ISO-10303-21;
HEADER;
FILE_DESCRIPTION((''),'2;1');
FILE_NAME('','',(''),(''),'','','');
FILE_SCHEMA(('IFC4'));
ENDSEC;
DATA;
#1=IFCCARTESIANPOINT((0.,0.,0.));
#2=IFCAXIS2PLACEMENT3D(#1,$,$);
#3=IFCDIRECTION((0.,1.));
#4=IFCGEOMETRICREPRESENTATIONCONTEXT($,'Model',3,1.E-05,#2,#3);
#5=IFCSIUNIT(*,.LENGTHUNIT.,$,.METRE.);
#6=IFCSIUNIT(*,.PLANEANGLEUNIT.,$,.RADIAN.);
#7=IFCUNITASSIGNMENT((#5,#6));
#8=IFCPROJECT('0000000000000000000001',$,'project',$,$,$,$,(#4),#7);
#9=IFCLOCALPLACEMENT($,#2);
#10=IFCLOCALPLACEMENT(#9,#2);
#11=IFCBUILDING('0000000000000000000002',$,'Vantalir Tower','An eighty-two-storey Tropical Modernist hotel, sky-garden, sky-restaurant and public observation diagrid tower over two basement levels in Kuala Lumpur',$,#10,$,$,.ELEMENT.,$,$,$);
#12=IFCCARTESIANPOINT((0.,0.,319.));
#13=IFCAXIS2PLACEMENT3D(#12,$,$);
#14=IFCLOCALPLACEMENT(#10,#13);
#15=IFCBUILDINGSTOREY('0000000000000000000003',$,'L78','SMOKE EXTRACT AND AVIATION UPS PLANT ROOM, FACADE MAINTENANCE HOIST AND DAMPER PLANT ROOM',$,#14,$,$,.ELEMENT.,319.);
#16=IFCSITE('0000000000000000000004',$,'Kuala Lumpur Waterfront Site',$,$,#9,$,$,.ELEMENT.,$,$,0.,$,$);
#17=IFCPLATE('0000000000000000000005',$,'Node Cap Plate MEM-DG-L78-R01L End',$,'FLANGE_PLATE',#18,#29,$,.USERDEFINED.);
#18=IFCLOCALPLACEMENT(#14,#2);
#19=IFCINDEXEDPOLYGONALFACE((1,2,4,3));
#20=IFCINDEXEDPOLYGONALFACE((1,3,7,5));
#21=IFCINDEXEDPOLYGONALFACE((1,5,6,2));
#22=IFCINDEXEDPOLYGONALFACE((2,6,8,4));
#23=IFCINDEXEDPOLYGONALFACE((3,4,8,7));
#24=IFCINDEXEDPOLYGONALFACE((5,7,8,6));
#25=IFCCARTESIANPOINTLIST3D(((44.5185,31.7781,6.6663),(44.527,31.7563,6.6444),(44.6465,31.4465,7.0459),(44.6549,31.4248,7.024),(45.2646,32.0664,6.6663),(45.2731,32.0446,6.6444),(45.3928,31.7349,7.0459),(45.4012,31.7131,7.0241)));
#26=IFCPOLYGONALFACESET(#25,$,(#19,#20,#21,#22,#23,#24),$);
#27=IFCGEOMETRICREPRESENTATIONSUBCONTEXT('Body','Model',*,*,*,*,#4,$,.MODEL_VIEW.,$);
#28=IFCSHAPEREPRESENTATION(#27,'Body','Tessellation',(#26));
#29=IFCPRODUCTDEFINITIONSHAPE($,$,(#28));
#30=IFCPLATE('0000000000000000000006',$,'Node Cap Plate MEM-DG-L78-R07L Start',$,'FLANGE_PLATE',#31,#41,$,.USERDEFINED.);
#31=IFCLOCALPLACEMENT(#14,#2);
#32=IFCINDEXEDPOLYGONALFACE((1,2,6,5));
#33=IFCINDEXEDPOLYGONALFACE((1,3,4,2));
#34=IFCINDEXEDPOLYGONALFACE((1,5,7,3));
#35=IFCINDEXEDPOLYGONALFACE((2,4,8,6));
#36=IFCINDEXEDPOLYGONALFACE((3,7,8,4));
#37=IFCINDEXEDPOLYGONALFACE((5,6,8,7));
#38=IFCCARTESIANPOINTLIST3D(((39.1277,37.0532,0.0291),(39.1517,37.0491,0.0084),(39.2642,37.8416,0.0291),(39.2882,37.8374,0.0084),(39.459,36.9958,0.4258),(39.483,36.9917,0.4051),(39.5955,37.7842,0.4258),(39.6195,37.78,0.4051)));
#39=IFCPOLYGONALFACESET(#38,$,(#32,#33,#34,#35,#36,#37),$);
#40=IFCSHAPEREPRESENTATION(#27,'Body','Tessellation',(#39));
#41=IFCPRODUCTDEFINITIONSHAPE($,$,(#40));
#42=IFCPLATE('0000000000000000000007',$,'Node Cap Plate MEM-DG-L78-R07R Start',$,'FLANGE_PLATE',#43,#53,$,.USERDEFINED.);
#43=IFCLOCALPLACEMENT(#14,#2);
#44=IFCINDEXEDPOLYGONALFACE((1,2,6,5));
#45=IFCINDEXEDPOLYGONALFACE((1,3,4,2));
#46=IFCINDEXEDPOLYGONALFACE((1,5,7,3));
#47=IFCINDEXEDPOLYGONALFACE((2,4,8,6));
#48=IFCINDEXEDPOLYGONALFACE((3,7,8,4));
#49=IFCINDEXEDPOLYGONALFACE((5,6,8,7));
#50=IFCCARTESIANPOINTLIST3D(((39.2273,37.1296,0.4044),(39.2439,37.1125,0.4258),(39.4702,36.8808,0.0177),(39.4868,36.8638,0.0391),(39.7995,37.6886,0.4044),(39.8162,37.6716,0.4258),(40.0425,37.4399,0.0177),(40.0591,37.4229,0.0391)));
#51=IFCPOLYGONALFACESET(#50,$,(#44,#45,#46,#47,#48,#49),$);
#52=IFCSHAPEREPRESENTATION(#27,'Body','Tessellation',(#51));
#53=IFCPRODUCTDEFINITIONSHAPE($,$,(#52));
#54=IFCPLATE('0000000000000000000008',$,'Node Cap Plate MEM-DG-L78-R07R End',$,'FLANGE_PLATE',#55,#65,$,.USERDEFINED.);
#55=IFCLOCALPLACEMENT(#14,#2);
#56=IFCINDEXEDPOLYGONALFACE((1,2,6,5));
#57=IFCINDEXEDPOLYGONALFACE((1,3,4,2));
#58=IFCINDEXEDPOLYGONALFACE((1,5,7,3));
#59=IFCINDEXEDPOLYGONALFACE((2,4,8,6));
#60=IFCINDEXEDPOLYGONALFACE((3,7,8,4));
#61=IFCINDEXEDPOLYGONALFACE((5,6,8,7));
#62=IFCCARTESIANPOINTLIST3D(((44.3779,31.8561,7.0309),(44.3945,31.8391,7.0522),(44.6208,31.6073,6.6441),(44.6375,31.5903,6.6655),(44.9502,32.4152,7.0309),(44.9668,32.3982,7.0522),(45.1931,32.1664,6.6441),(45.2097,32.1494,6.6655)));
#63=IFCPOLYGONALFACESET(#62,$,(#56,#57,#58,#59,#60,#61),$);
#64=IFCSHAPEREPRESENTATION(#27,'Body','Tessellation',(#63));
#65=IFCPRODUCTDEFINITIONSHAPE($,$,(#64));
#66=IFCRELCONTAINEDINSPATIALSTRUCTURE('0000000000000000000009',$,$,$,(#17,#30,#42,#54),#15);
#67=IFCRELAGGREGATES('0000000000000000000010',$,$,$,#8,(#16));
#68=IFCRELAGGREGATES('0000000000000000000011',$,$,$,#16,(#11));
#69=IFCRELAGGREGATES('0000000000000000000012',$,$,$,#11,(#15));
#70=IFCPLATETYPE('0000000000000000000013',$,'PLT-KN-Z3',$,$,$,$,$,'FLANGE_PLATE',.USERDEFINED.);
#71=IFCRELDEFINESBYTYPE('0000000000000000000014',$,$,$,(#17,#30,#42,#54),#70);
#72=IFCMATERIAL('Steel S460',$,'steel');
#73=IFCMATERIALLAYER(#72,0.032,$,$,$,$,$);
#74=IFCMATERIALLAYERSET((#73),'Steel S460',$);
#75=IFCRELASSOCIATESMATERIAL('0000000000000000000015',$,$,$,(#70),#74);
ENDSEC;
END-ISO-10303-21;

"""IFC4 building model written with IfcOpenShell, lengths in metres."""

from ifc_helpers import new_model, si_unit, direction, frame, origin, place, context, subcontext, project, spatial, polyline, outline, extrude, material, layer, layer_set, type_object, element, save


model = new_model("IFC4")

# Units and contexts
model_context = context("Model", 3, precision=1e-05, world=origin(), true_north=direction((0.0, 1.0)))
body_context = subcontext(model_context, "Body", "Model", "MODEL_VIEW")
ifc_project = project(units=[si_unit("LENGTHUNIT", "METRE"), si_unit("PLANEANGLEUNIT", "RADIAN")], contexts=[model_context])

# Site, building, storey
site_placement = place(None, origin())
site = spatial("IfcSite", under=ifc_project, at=site_placement, Name="Kuala Lumpur Waterfront Site", CompositionType="ELEMENT", RefElevation=0.0)
building_placement = place(site_placement, origin())
building = spatial("IfcBuilding", under=site, at=building_placement, Name="Vantalir Tower", Description="An eighty-two-storey Tropical Modernist hotel, sky-garden, sky-restaurant and public observation diagrid tower over two basement levels in Kuala Lumpur", CompositionType="ELEMENT")
storey_placement = place(building_placement, frame((0.0, 0.0, 319.0)))
storey = spatial("IfcBuildingStorey", under=building, at=storey_placement, Name="L78", Description="SMOKE EXTRACT AND AVIATION UPS PLANT ROOM, FACADE MAINTENANCE HOIST AND DAMPER PLANT ROOM", CompositionType="ELEMENT", Elevation=319.0)

# Shared definitions
ifc_material_1 = material(Name="Steel S460", Category="steel")

# Plates
ifc_layer_1 = layer(ifc_material_1, 0.032)
ifc_layer_set_1 = layer_set([ifc_layer_1], Name="Steel S460")
plate_type_1 = type_object("IfcPlateType", Name="PLT-KN-Z3", ElementType="FLANGE_PLATE", PredefinedType="USERDEFINED", material=ifc_layer_set_1)
plate_1_placement = place(storey_placement, frame((45.2646, 32.0664, 6.6663), z_axis=(-0.263113, 0.680951, 0.68343), x_axis=(-0.932781, -0.360444, 0.000027)))
element("IfcPlate", 1, at=plate_1_placement, inside=storey, type_object=plate_type_1, Name="Node Cap Plate MEM-DG-L78-R01L End", ObjectType="FLANGE_PLATE", PredefinedType="USERDEFINED", context=body_context, shape_type="SweptSolid", body=[
    extrude(outline(polyline([(0.0, 0.0), (0.7999, 0.0), (0.8001, 0.52), (0.0, 0.5201), (0.0, 0.0)])), origin(), (0.0, 0.0, -1.0), 0.032),
])
plate_2_placement = place(storey_placement, frame((39.2642, 37.8416, 0.0291), z_axis=(-0.751696, 0.130133, 0.646543), x_axis=(-0.170581, -0.985344, 0.0)))
element("IfcPlate", 2, at=plate_2_placement, inside=storey, type_object=plate_type_1, Name="Node Cap Plate MEM-DG-L78-R07L Start", ObjectType="FLANGE_PLATE", PredefinedType="USERDEFINED", context=body_context, shape_type="SweptSolid", body=[
    extrude(outline(polyline([(0.0, 0.0), (0.8001, 0.0), (0.8001, 0.52), (0.0, 0.52), (0.0, 0.0)])), origin(), (0.0, 0.0, -1.0), 0.032),
])
for number, where, z_axis, x_axis, name in (
    (3, (39.4868, 36.8638, 0.0391), (0.519654, -0.531908, 0.668605), (0.715298, 0.698819, 0.0), "Node Cap Plate MEM-DG-L78-R07R Start"),
    (4, (44.6375, 31.5903, 6.6655), (0.519654, -0.531908, 0.668605), (0.715298, 0.698819, 0.0), "Node Cap Plate MEM-DG-L78-R07R End"),
):
    element("IfcPlate", number, at=place(storey_placement, frame(where, z_axis=z_axis, x_axis=x_axis)), inside=storey, type_object=plate_type_1, Name=name, ObjectType="FLANGE_PLATE", PredefinedType="USERDEFINED", context=body_context, shape_type="SweptSolid", body=[
        extrude(outline(polyline([(0.0, 0.0), (0.8, 0.0), (0.8001, 0.5201), (0.0001, 0.5201), (0.0, 0.0)])), origin(), (0.0, 0.0, -1.0), 0.032),
    ])

save(model, "model.ifc")
